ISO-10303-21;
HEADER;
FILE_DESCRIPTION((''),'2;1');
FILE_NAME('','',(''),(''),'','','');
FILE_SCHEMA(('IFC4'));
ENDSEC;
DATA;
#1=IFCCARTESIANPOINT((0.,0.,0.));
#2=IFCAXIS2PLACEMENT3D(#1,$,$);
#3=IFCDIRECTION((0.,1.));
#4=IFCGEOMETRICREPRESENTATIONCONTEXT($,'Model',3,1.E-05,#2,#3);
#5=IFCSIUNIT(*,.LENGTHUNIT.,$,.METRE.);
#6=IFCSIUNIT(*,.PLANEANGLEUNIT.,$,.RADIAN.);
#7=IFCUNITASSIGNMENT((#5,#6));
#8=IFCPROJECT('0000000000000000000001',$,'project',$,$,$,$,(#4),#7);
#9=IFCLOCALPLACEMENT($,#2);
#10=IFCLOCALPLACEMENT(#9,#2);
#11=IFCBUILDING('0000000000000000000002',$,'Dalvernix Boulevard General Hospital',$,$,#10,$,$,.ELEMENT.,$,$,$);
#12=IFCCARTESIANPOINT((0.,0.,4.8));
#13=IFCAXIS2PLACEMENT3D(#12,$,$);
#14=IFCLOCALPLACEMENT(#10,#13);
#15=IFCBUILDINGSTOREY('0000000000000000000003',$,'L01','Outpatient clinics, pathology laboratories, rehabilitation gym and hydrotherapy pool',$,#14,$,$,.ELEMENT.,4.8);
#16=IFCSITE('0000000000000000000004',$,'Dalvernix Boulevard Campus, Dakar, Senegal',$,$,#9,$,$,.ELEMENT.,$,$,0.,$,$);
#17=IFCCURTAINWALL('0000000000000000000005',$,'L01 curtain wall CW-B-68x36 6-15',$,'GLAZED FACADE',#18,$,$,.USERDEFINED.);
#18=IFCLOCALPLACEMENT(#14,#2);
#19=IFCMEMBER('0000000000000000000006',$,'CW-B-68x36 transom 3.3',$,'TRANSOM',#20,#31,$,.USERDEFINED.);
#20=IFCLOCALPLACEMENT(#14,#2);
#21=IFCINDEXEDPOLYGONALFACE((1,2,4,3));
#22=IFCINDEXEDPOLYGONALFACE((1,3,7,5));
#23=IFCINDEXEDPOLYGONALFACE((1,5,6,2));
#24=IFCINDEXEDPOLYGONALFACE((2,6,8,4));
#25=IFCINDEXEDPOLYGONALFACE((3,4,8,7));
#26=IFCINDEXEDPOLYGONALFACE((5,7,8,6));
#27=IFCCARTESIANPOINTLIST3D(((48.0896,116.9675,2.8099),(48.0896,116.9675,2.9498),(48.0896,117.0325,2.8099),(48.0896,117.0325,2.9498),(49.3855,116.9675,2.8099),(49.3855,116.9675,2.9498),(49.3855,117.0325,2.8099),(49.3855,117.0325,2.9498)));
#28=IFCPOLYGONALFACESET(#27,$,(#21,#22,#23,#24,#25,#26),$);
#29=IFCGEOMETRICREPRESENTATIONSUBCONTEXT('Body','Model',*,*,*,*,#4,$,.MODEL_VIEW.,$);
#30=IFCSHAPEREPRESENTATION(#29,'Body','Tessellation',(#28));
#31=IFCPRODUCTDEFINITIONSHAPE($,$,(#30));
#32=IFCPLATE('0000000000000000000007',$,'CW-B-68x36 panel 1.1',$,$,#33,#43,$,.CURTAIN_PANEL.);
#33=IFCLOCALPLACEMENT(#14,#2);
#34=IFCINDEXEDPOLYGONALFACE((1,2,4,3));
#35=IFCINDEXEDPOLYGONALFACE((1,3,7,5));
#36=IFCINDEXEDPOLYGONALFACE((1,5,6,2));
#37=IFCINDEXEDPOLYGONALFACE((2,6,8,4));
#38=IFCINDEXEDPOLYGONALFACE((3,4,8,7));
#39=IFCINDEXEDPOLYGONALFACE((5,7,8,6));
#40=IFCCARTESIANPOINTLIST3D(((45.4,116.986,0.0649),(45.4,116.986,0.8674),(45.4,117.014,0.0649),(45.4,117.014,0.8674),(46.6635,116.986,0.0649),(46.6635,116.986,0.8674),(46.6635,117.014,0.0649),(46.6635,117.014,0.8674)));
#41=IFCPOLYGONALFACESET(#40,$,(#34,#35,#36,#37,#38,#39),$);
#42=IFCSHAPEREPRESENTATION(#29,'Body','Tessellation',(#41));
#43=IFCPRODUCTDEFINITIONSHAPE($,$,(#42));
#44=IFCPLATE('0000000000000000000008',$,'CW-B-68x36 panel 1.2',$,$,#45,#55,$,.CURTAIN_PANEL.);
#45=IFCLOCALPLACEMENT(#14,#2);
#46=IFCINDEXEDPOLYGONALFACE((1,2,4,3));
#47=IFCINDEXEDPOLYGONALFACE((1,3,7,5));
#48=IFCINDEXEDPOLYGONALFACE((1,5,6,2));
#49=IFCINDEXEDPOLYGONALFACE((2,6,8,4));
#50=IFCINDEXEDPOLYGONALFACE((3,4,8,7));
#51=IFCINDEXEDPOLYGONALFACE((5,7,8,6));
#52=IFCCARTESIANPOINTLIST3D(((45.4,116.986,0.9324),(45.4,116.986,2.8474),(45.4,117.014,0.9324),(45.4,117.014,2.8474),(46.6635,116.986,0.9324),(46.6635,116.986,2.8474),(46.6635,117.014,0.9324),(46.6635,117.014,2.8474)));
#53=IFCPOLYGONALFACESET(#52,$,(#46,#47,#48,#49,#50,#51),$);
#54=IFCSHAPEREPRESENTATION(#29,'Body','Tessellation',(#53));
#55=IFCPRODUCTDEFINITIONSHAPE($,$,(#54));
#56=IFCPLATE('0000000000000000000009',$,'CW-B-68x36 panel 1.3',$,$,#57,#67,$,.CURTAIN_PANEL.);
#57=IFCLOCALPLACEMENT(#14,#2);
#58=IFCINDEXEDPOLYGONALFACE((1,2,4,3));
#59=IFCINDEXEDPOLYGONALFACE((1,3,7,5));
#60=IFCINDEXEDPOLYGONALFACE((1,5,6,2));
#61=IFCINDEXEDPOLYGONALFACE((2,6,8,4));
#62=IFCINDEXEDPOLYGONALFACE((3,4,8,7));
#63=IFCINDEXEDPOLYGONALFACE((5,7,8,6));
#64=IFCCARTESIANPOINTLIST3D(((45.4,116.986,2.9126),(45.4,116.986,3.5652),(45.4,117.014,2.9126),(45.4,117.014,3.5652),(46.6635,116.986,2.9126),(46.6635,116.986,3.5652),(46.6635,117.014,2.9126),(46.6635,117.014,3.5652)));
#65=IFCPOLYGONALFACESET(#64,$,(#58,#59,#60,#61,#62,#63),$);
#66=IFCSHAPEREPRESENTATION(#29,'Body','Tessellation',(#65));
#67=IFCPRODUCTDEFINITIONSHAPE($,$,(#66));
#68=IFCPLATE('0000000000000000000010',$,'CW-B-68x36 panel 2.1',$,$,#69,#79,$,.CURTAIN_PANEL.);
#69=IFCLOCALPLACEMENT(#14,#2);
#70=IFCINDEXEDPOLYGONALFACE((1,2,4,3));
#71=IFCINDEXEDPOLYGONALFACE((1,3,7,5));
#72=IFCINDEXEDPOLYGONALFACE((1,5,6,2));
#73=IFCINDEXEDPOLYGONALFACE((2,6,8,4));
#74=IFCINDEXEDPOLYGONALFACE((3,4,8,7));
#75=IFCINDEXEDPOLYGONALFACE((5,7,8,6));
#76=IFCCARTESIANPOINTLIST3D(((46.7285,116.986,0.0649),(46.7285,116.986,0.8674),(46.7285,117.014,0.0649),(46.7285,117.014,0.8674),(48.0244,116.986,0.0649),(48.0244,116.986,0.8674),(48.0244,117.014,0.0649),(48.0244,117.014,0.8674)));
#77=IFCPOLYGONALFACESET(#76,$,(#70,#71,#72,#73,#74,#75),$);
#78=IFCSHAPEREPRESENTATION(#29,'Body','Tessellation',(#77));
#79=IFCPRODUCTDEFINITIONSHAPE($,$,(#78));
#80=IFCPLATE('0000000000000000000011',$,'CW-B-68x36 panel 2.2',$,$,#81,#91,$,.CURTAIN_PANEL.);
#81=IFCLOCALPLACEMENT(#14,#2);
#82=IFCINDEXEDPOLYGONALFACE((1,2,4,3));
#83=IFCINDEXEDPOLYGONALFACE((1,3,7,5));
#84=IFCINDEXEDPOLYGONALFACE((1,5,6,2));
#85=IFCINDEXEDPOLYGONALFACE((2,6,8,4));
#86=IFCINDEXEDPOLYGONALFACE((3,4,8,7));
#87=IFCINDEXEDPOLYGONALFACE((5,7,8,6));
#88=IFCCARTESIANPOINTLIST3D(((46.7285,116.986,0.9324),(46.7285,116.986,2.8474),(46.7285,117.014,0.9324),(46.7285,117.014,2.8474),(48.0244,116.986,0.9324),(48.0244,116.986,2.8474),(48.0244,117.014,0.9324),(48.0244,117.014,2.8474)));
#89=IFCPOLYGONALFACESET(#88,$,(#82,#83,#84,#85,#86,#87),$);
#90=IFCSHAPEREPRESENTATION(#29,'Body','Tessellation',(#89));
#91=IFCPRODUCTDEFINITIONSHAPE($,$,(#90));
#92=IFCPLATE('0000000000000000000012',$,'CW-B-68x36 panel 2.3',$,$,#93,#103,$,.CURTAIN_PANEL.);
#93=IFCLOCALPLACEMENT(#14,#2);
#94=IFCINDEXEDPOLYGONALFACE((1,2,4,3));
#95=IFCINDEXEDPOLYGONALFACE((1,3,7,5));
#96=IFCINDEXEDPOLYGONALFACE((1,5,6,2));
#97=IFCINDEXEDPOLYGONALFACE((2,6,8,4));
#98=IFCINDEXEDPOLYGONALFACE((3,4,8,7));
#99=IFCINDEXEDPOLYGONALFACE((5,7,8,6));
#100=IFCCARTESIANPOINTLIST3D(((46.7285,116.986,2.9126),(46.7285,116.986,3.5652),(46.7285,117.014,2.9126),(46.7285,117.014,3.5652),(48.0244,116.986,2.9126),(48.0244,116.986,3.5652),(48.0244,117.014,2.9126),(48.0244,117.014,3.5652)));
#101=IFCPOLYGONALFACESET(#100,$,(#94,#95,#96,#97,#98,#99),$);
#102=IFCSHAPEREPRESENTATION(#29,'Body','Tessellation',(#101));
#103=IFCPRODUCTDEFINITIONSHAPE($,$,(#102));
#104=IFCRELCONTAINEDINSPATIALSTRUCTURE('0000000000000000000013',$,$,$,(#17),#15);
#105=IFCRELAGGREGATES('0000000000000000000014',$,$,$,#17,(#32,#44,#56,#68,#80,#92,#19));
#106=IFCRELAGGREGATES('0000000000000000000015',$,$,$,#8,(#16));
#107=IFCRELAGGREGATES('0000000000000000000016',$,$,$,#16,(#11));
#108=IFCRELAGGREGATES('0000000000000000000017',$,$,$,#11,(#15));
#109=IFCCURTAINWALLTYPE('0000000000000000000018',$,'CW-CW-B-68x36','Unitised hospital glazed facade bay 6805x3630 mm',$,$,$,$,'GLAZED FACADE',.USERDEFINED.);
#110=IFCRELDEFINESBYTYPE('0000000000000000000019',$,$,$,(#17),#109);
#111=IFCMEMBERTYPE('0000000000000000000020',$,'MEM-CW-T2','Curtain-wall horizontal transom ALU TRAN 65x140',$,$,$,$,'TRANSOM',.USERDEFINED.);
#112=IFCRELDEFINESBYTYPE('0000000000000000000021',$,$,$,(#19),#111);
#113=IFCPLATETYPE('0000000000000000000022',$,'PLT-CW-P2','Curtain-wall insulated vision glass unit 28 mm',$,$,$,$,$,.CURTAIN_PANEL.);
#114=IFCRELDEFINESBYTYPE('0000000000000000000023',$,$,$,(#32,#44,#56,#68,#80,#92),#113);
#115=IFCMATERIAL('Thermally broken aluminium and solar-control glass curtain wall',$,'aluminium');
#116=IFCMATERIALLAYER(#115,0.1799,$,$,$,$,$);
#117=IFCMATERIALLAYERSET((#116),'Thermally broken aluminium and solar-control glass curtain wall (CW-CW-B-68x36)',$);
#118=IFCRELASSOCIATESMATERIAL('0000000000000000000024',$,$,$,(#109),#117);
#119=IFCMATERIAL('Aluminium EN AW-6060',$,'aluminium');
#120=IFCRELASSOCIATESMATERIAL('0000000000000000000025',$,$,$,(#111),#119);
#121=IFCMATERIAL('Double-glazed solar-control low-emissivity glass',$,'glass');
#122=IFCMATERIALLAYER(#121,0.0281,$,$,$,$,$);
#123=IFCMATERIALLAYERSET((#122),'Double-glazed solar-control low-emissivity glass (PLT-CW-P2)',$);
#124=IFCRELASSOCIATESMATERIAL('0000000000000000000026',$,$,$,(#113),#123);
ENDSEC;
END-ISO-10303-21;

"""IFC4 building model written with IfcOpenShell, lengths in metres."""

from ifc_helpers import new_model, si_unit, direction, frame, origin, origin_2d, place, context, subcontext, project, spatial, rectangle, extrude, material, layer, layer_set, material_profile, profile_set, type_object, element, aggregate, save


model = new_model("IFC4")

# Units and contexts
model_context = context("Model", 3, precision=1e-05, world=origin(), true_north=direction((0.0, 1.0)))
body_context = subcontext(model_context, "Body", "Model", "MODEL_VIEW")
ifc_project = project(units=[si_unit("LENGTHUNIT", "METRE"), si_unit("PLANEANGLEUNIT", "RADIAN")], contexts=[model_context])

# Site, building, storey
site_placement = place(None, origin())
site = spatial("IfcSite", under=ifc_project, at=site_placement, Name="Dalvernix Boulevard Campus, Dakar, Senegal", CompositionType="ELEMENT", RefElevation=0.0)
building_placement = place(site_placement, origin())
building = spatial("IfcBuilding", under=site, at=building_placement, Name="Dalvernix Boulevard General Hospital", CompositionType="ELEMENT")
storey_placement = place(building_placement, frame((0.0, 0.0, 4.8)))
storey = spatial("IfcBuildingStorey", under=building, at=storey_placement, Name="L01", Description="Outpatient clinics, pathology laboratories, rehabilitation gym and hydrotherapy pool", CompositionType="ELEMENT", Elevation=4.8)

# Curtain wall, member, plates
ifc_material_1 = material(Name="Thermally broken aluminium and solar-control glass curtain wall", Category="aluminium")
ifc_layer_1 = layer(ifc_material_1, 0.1799)
ifc_layer_set_1 = layer_set([ifc_layer_1], Name="Thermally broken aluminium and solar-control glass curtain wall (CW-CW-B-68x36)")
curtain_wall_type = type_object("IfcCurtainWallType", Name="CW-CW-B-68x36", Description="Unitised hospital glazed facade bay 6805x3630 mm", ElementType="GLAZED FACADE", PredefinedType="USERDEFINED", material=ifc_layer_set_1)
curtain_wall_placement = place(storey_placement, origin())
curtain_wall = element("IfcCurtainWall", 1, at=curtain_wall_placement, inside=storey, type_object=curtain_wall_type, Name="L01 curtain wall CW-B-68x36 6-15", ObjectType="GLAZED FACADE", PredefinedType="USERDEFINED")
ifc_material_2 = material(Name="Aluminium EN AW-6060", Category="aluminium")
ifc_material_profile_1 = material_profile(ifc_material_2, rectangle(XDim=0.0649, YDim=0.1399, at=origin_2d()), Name="ALU TRAN 65x140")
ifc_profile_set_1 = profile_set([ifc_material_profile_1], Name="Aluminium EN AW-6060")
member_type_1 = type_object("IfcMemberType", Name="MEM-CW-T2", Description="Curtain-wall horizontal transom ALU TRAN 65x140", ElementType="TRANSOM", PredefinedType="USERDEFINED", material=ifc_profile_set_1)
member_1_placement = place(storey_placement, frame((48.0896, 117.0, 2.8799), z_axis=(1.0, 0.0, 0.0), x_axis=(0.0, 1.0, 0.0)))
member_1 = element("IfcMember", 2, at=member_1_placement, type_object=member_type_1, Name="CW-B-68x36 transom 3.3", ObjectType="TRANSOM", PredefinedType="USERDEFINED", context=body_context, shape_type="SweptSolid", body=[
    extrude(rectangle(XDim=0.0649, YDim=0.1399, at=origin_2d()), origin(), (0.0, 0.0, 1.0), 1.2959),
])
ifc_material_3 = material(Name="Double-glazed solar-control low-emissivity glass", Category="glass")
ifc_layer_2 = layer(ifc_material_3, 0.0281)
ifc_layer_set_2 = layer_set([ifc_layer_2], Name="Double-glazed solar-control low-emissivity glass (PLT-CW-P2)")
plate_type = type_object("IfcPlateType", Name="PLT-CW-P2", Description="Curtain-wall insulated vision glass unit 28 mm", PredefinedType="CURTAIN_PANEL", material=ifc_layer_set_2)
plate_1_placement = place(storey_placement, frame((46.0317, 117.0, 0.0649), z_axis=(0.0, 0.0, 1.0), x_axis=(1.0, 0.0, 0.0)))
plate_1 = element("IfcPlate", 3, at=plate_1_placement, type_object=plate_type, Name="CW-B-68x36 panel 1.1", PredefinedType="CURTAIN_PANEL", context=body_context, shape_type="SweptSolid", body=[
    extrude(rectangle(XDim=1.2634, YDim=0.0281, at=origin_2d()), origin(), (0.0, 0.0, 1.0), 0.8025),
])
plate_2_placement = place(storey_placement, frame((46.0317, 117.0, 0.9324), z_axis=(0.0, 0.0, 1.0), x_axis=(1.0, 0.0, 0.0)))
plate_2 = element("IfcPlate", 4, at=plate_2_placement, type_object=plate_type, Name="CW-B-68x36 panel 1.2", PredefinedType="CURTAIN_PANEL", context=body_context, shape_type="SweptSolid", body=[
    extrude(rectangle(XDim=1.2634, YDim=0.0281, at=origin_2d()), origin(), (0.0, 0.0, 1.0), 1.915),
])
plate_3_placement = place(storey_placement, frame((46.0317, 117.0, 2.9126), z_axis=(0.0, 0.0, 1.0), x_axis=(1.0, 0.0, 0.0)))
plate_3 = element("IfcPlate", 5, at=plate_3_placement, type_object=plate_type, Name="CW-B-68x36 panel 1.3", PredefinedType="CURTAIN_PANEL", context=body_context, shape_type="SweptSolid", body=[
    extrude(rectangle(XDim=1.2634, YDim=0.0281, at=origin_2d()), origin(), (0.0, 0.0, 1.0), 0.6526),
])
plate_4_placement = place(storey_placement, frame((47.3765, 117.0, 0.0649), z_axis=(0.0, 0.0, 1.0), x_axis=(1.0, 0.0, 0.0)))
plate_4 = element("IfcPlate", 6, at=plate_4_placement, type_object=plate_type, Name="CW-B-68x36 panel 2.1", PredefinedType="CURTAIN_PANEL", context=body_context, shape_type="SweptSolid", body=[
    extrude(rectangle(XDim=1.2959, YDim=0.0281, at=origin_2d()), origin(), (0.0, 0.0, 1.0), 0.8025),
])
plate_5_placement = place(storey_placement, frame((47.3765, 117.0, 0.9324), z_axis=(0.0, 0.0, 1.0), x_axis=(1.0, 0.0, 0.0)))
plate_5 = element("IfcPlate", 7, at=plate_5_placement, type_object=plate_type, Name="CW-B-68x36 panel 2.2", PredefinedType="CURTAIN_PANEL", context=body_context, shape_type="SweptSolid", body=[
    extrude(rectangle(XDim=1.2959, YDim=0.0281, at=origin_2d()), origin(), (0.0, 0.0, 1.0), 1.915),
])
plate_6_placement = place(storey_placement, frame((47.3765, 117.0, 2.9126), z_axis=(0.0, 0.0, 1.0), x_axis=(1.0, 0.0, 0.0)))
plate_6 = element("IfcPlate", 8, at=plate_6_placement, type_object=plate_type, Name="CW-B-68x36 panel 2.3", PredefinedType="CURTAIN_PANEL", context=body_context, shape_type="SweptSolid", body=[
    extrude(rectangle(XDim=1.2959, YDim=0.0281, at=origin_2d()), origin(), (0.0, 0.0, 1.0), 0.6526),
])
aggregate(curtain_wall, [plate_1, plate_2, plate_3, plate_4, plate_5, plate_6, member_1])

save(model, "model.ifc")
